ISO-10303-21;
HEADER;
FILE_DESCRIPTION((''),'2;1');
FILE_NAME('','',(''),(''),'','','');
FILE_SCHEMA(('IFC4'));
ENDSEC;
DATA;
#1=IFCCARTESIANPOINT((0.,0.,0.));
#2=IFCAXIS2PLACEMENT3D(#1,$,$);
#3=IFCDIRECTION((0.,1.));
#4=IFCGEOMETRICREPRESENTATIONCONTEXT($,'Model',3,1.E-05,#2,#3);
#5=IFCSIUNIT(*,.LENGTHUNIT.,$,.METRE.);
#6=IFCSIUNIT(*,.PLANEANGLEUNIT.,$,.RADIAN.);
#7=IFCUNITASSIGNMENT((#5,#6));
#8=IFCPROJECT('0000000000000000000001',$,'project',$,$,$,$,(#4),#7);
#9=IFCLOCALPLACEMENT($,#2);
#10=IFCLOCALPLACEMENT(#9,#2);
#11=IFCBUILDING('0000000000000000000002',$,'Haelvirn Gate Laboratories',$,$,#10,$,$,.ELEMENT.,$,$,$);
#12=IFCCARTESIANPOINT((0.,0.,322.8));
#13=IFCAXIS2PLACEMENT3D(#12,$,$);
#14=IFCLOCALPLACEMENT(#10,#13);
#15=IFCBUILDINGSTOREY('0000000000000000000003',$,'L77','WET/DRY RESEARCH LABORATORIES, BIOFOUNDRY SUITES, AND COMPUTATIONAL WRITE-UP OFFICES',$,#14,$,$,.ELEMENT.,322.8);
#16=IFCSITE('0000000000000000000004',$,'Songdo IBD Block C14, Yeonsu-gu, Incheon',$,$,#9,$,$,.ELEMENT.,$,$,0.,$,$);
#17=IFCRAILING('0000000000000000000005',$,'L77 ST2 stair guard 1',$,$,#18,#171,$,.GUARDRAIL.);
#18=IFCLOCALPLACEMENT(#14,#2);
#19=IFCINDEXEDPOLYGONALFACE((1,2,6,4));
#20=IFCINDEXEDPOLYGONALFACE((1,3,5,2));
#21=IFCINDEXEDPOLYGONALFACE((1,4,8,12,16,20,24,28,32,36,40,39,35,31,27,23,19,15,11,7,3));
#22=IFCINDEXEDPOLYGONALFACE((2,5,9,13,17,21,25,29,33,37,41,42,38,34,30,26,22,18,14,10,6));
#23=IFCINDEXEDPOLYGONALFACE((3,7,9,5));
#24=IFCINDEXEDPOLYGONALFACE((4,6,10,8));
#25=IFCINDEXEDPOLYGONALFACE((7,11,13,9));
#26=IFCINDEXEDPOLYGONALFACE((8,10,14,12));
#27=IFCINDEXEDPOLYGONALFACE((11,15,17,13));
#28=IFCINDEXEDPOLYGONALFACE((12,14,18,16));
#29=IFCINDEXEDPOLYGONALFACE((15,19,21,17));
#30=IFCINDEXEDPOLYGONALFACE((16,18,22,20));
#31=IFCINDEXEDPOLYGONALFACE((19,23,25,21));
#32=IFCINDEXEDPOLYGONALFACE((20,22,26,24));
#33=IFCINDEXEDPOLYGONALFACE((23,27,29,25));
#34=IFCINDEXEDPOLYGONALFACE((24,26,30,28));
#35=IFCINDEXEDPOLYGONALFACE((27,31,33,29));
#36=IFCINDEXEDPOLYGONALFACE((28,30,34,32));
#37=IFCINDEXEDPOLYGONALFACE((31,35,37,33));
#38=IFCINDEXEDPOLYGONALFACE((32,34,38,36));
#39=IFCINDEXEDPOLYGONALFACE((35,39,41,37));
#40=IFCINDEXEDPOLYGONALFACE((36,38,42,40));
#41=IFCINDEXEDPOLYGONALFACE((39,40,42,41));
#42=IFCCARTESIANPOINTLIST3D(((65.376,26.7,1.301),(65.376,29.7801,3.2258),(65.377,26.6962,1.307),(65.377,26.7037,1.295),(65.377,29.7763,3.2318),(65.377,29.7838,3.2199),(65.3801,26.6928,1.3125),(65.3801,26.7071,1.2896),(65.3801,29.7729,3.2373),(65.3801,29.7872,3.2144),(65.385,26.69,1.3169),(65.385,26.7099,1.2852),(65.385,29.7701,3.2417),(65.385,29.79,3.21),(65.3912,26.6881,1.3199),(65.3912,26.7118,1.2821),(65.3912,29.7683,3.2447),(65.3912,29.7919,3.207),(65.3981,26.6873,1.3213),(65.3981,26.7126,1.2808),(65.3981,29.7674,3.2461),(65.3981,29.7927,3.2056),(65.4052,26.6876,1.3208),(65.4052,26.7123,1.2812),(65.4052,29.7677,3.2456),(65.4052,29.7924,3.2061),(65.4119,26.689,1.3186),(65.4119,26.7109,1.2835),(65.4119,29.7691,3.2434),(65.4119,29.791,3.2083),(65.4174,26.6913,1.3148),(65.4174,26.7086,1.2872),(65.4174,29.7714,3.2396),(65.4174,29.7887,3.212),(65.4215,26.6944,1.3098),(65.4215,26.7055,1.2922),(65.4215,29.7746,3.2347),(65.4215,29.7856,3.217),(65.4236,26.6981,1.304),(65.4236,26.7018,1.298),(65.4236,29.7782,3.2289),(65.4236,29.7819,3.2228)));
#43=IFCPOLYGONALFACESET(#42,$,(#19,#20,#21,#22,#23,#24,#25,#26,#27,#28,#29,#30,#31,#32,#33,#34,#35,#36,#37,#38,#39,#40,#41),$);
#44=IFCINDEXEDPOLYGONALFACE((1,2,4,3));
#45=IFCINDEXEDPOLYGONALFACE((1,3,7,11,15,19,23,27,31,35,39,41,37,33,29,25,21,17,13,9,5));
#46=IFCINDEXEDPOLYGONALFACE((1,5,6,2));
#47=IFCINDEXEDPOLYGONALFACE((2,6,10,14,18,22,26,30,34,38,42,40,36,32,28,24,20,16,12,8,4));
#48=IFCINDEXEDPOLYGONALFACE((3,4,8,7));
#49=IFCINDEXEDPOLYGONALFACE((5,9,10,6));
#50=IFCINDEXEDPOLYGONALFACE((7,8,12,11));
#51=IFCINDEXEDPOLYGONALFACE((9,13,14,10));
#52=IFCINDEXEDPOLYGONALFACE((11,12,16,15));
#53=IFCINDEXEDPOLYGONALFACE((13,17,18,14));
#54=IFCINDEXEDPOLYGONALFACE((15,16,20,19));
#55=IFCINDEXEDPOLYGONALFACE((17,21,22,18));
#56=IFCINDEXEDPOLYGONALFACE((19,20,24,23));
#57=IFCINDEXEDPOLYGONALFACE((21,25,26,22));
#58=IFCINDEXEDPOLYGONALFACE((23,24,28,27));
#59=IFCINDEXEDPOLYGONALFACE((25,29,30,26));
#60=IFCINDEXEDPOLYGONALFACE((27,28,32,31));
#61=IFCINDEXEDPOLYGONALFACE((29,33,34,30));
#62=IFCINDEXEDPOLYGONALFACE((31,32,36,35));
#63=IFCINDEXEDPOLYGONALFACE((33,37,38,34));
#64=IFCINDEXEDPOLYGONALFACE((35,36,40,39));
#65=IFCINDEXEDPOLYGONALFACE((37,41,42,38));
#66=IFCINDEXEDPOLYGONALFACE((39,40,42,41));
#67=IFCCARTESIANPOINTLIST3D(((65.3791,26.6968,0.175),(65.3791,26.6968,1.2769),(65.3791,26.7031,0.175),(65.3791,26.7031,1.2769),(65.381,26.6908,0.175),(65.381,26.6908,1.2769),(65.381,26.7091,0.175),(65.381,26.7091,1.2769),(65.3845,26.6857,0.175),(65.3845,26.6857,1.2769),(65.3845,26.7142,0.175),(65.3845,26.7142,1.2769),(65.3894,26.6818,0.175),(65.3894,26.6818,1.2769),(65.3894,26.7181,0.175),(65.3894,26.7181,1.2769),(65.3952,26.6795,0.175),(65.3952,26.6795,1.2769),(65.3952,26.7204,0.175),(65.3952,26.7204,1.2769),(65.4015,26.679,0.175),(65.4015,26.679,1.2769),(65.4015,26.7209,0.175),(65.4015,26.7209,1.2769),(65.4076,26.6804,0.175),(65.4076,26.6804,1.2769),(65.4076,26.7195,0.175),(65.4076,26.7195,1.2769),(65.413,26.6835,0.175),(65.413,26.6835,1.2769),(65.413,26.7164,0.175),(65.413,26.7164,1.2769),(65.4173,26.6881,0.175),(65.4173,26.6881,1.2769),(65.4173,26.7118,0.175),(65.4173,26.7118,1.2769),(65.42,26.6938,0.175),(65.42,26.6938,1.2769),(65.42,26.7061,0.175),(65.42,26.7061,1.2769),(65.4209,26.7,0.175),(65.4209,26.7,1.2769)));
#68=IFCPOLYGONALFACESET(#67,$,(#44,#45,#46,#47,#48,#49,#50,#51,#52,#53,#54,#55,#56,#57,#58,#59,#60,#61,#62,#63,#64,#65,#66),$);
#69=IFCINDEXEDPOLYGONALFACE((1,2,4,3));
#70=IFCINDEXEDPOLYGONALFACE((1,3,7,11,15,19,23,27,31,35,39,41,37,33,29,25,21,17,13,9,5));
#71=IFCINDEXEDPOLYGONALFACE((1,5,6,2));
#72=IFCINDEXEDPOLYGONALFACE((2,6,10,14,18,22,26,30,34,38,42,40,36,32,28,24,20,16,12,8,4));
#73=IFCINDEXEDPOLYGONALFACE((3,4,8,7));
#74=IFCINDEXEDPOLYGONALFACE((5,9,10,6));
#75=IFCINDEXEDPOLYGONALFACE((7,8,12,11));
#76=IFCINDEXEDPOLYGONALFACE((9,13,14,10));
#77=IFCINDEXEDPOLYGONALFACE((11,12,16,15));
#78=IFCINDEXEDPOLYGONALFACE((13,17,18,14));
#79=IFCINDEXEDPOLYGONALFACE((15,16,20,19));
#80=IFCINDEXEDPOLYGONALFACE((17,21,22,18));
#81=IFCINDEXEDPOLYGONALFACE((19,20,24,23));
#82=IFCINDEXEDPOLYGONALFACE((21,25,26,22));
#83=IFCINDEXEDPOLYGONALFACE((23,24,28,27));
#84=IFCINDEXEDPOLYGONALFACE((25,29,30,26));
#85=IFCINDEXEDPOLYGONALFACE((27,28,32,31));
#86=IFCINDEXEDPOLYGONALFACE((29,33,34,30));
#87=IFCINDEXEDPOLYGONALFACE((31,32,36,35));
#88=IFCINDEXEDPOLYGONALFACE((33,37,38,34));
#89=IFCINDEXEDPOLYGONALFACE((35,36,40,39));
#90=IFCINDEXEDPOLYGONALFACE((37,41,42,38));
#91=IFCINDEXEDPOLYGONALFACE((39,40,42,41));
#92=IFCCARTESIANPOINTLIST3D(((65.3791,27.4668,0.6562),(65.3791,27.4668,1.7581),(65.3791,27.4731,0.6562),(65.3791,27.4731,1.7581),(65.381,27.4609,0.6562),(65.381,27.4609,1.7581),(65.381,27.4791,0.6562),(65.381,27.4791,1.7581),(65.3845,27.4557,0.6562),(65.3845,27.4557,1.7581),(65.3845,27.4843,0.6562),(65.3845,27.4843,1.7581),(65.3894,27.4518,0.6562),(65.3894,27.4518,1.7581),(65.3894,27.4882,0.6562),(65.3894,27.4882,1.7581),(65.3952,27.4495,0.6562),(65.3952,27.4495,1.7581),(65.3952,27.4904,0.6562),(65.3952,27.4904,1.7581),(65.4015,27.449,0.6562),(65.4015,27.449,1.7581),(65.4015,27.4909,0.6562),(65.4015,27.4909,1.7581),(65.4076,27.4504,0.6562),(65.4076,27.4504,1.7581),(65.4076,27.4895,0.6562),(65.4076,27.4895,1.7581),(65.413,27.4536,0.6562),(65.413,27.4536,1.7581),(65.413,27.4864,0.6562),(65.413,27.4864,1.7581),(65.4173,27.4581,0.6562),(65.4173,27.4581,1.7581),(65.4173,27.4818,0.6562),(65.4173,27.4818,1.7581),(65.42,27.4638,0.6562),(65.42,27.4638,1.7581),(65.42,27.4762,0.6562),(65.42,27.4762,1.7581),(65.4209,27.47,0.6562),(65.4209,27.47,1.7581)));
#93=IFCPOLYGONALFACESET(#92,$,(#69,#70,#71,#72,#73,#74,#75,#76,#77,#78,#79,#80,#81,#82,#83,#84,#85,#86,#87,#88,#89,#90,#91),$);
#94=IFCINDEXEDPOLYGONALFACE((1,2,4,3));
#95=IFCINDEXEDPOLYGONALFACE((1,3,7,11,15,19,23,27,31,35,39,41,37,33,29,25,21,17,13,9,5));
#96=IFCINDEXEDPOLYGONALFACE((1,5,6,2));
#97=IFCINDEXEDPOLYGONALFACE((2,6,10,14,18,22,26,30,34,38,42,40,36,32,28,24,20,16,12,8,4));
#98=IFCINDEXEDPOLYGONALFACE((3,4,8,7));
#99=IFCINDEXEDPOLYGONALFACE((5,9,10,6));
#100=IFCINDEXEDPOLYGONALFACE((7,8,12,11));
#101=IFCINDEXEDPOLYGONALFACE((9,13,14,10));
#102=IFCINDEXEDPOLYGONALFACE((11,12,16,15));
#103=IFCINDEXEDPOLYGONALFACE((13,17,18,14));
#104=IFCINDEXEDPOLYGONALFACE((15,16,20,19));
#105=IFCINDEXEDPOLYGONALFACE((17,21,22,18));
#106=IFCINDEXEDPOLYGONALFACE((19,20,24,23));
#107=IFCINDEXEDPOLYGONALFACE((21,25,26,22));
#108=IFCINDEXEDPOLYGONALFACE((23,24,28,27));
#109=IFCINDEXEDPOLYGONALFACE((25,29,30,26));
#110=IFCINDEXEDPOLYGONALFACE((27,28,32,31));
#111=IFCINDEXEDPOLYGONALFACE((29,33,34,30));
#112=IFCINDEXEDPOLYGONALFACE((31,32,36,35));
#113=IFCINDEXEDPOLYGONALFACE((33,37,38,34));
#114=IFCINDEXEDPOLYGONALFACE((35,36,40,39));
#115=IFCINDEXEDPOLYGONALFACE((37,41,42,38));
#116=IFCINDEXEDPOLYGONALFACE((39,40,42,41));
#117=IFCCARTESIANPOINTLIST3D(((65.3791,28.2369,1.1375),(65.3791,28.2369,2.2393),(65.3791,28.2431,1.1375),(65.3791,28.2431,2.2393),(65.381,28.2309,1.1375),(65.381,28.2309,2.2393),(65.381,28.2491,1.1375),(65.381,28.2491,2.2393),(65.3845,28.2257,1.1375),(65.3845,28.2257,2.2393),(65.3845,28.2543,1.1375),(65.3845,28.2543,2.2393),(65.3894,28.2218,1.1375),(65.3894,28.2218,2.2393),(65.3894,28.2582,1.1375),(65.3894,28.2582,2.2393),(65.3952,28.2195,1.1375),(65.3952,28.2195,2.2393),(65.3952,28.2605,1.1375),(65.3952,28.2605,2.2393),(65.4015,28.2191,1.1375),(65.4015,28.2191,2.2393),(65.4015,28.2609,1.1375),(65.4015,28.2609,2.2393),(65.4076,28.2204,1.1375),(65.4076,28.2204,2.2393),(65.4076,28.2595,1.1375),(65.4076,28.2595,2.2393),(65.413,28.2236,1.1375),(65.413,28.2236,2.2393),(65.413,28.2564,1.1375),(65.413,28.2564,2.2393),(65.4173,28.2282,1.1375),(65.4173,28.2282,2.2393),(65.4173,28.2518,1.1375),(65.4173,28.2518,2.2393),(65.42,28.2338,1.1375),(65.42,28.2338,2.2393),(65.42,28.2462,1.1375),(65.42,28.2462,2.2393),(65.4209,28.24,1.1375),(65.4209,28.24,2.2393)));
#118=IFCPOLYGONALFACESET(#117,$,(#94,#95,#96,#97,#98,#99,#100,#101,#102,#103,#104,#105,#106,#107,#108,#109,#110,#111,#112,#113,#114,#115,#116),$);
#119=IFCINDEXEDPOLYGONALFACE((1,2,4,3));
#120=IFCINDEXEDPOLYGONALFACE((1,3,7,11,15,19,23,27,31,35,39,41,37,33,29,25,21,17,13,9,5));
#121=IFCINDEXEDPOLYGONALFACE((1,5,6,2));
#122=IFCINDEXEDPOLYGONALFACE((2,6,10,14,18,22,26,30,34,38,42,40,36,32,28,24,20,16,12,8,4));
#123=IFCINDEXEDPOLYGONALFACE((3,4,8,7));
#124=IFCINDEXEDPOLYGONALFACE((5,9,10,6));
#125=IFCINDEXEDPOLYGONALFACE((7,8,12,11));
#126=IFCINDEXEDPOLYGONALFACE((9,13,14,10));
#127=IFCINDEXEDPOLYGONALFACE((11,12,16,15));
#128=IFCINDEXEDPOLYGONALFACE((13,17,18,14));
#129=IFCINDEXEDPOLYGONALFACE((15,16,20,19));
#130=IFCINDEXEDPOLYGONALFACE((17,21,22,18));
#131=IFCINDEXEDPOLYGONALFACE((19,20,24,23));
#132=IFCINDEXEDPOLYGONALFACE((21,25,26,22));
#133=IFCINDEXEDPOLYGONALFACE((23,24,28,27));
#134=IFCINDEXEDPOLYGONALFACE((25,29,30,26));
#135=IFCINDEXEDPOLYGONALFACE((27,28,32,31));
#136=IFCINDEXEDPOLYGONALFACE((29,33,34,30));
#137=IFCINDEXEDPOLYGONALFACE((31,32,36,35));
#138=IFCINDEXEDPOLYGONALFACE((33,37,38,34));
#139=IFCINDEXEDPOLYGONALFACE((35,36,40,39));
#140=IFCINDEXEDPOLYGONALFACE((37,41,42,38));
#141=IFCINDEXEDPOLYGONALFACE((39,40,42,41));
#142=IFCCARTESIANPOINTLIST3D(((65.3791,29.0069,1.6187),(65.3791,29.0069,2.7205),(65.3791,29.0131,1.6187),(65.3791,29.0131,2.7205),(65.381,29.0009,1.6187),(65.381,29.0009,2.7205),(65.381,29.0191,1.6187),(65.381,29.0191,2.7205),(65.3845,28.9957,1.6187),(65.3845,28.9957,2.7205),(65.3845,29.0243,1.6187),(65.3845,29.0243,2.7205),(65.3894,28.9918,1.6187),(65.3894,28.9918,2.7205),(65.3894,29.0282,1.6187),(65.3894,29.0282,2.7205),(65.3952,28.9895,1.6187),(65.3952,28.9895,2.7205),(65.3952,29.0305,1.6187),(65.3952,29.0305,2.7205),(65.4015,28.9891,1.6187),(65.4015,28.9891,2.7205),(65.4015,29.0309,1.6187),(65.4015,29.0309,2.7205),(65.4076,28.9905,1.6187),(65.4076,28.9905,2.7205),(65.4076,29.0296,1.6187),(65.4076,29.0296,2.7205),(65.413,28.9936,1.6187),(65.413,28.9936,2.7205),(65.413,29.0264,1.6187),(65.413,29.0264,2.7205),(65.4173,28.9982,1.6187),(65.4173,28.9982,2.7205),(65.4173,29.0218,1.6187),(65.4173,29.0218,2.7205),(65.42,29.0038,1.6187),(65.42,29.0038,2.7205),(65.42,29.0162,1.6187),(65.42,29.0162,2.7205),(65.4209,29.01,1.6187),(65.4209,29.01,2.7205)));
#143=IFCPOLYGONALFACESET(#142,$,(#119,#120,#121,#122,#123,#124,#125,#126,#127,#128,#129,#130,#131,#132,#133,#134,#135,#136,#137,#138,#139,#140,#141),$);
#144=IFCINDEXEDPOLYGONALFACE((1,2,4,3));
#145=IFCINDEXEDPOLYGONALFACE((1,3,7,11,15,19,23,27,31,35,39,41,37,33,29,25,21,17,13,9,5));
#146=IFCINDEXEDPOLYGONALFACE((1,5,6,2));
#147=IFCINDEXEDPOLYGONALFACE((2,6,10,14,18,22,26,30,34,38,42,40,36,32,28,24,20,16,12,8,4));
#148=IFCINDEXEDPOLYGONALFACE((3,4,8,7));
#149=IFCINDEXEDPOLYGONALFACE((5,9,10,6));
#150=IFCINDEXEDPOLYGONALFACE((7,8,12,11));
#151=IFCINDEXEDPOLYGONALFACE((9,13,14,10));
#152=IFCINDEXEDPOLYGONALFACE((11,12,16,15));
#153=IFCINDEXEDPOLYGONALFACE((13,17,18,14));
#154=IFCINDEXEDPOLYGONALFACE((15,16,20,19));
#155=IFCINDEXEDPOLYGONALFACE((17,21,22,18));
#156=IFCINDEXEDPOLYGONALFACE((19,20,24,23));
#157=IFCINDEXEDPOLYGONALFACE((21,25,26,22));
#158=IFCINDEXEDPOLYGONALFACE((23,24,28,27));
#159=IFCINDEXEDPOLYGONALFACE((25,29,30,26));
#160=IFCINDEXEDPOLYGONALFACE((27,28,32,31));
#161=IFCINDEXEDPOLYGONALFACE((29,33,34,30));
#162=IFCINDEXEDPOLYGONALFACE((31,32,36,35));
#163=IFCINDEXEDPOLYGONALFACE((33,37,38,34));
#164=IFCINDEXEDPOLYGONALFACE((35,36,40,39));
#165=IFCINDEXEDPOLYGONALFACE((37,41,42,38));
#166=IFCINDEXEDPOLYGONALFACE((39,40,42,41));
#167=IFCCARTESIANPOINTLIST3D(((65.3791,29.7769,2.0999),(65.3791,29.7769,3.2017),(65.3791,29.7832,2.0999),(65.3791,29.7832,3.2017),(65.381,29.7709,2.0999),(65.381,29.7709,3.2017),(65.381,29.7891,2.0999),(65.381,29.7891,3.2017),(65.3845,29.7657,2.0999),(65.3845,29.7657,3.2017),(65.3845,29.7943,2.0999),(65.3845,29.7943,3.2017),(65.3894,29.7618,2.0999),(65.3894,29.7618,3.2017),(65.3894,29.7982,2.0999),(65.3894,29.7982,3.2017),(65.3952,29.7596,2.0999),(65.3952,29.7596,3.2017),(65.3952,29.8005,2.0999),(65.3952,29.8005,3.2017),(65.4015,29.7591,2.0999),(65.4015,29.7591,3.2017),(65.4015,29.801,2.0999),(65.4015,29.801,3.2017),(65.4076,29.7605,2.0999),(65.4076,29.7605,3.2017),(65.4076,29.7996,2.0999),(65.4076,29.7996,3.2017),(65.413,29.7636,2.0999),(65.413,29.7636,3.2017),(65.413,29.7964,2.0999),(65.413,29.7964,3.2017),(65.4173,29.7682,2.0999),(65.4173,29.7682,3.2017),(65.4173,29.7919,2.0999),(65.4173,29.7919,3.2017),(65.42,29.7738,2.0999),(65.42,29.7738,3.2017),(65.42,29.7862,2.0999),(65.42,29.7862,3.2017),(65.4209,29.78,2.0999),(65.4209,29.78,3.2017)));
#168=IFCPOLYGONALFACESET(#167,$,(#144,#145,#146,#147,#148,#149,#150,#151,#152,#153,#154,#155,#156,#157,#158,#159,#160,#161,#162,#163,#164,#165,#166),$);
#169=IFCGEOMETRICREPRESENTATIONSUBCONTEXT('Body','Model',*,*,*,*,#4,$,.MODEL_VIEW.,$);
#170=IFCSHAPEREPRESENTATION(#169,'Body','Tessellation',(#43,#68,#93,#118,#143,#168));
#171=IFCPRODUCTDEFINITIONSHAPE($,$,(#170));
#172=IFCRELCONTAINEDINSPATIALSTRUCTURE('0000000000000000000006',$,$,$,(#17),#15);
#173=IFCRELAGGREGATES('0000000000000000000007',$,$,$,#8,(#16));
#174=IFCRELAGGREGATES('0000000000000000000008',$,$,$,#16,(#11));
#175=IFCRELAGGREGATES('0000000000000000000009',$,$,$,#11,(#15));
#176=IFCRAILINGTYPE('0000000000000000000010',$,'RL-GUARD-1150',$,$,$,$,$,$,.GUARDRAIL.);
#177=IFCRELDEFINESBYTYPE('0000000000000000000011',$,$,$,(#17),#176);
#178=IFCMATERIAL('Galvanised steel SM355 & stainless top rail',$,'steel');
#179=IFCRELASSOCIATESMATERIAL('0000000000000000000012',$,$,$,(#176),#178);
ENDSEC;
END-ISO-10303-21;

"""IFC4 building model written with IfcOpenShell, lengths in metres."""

from ifc_helpers import new_model, si_unit, direction, frame, origin, origin_2d, place, context, subcontext, project, spatial, circle, extrude, source, transform, mapped, material, type_object, element, save


model = new_model("IFC4")

# Units and contexts
model_context = context("Model", 3, precision=1e-05, world=origin(), true_north=direction((0.0, 1.0)))
body_context = subcontext(model_context, "Body", "Model", "MODEL_VIEW")
ifc_project = project(units=[si_unit("LENGTHUNIT", "METRE"), si_unit("PLANEANGLEUNIT", "RADIAN")], contexts=[model_context])

# Site, building, storey
site_placement = place(None, origin())
site = spatial("IfcSite", under=ifc_project, at=site_placement, Name="Songdo IBD Block C14, Yeonsu-gu, Incheon", CompositionType="ELEMENT", RefElevation=0.0)
building_placement = place(site_placement, origin())
building = spatial("IfcBuilding", under=site, at=building_placement, Name="Haelvirn Gate Laboratories", CompositionType="ELEMENT")
storey_placement = place(building_placement, frame((0.0, 0.0, 322.8)))
storey = spatial("IfcBuildingStorey", under=building, at=storey_placement, Name="L77", Description="WET/DRY RESEARCH LABORATORIES, BIOFOUNDRY SUITES, AND COMPUTATIONAL WRITE-UP OFFICES", CompositionType="ELEMENT", Elevation=322.8)

# Railing
ifc_material_1 = material(Name="Galvanised steel SM355 & stainless top rail", Category="steel")
railing_type_1 = type_object("IfcRailingType", Name="RL-GUARD-1150", PredefinedType="GUARDRAIL", material=ifc_material_1)
shared_shape_1 = source(origin(), body_context, "Body", "SweptSolid", [
    extrude(circle(Radius=0.0239, at=origin_2d()), frame((0.0, 0.0, 1.126), z_axis=(0.0, 0.848029, 0.529951), x_axis=(-1.0, 0.0, 0.0)), (0.0, 0.0, 1.0), 3.6321),
    extrude(circle(Radius=0.021, at=origin_2d()), origin(), (0.0, 0.0, 1.0), 1.1018),
    extrude(circle(Radius=0.021, at=origin_2d()), frame((0.0, 0.77, 0.4812)), (0.0, 0.0, 1.0), 1.1018),
    extrude(circle(Radius=0.021, at=origin_2d()), frame((0.0, 1.54, 0.9624)), (0.0, 0.0, 1.0), 1.1018),
    extrude(circle(Radius=0.021, at=origin_2d()), frame((0.0, 2.3101, 1.4436)), (0.0, 0.0, 1.0), 1.1018),
    extrude(circle(Radius=0.021, at=origin_2d()), frame((0.0, 3.0801, 1.9248)), (0.0, 0.0, 1.0), 1.1018),
])
railing_1_placement = place(storey_placement, frame((65.3999, 26.7, 0.175)))
element("IfcRailing", 1, at=railing_1_placement, inside=storey, type_object=railing_type_1, Name="L77 ST2 stair guard 1", PredefinedType="GUARDRAIL", context=body_context, shape_type="MappedRepresentation", body=[
    mapped(shared_shape_1, transform((0.0, 0.0, 0.0), scale=1.0)),
])

save(model, "model.ifc")
